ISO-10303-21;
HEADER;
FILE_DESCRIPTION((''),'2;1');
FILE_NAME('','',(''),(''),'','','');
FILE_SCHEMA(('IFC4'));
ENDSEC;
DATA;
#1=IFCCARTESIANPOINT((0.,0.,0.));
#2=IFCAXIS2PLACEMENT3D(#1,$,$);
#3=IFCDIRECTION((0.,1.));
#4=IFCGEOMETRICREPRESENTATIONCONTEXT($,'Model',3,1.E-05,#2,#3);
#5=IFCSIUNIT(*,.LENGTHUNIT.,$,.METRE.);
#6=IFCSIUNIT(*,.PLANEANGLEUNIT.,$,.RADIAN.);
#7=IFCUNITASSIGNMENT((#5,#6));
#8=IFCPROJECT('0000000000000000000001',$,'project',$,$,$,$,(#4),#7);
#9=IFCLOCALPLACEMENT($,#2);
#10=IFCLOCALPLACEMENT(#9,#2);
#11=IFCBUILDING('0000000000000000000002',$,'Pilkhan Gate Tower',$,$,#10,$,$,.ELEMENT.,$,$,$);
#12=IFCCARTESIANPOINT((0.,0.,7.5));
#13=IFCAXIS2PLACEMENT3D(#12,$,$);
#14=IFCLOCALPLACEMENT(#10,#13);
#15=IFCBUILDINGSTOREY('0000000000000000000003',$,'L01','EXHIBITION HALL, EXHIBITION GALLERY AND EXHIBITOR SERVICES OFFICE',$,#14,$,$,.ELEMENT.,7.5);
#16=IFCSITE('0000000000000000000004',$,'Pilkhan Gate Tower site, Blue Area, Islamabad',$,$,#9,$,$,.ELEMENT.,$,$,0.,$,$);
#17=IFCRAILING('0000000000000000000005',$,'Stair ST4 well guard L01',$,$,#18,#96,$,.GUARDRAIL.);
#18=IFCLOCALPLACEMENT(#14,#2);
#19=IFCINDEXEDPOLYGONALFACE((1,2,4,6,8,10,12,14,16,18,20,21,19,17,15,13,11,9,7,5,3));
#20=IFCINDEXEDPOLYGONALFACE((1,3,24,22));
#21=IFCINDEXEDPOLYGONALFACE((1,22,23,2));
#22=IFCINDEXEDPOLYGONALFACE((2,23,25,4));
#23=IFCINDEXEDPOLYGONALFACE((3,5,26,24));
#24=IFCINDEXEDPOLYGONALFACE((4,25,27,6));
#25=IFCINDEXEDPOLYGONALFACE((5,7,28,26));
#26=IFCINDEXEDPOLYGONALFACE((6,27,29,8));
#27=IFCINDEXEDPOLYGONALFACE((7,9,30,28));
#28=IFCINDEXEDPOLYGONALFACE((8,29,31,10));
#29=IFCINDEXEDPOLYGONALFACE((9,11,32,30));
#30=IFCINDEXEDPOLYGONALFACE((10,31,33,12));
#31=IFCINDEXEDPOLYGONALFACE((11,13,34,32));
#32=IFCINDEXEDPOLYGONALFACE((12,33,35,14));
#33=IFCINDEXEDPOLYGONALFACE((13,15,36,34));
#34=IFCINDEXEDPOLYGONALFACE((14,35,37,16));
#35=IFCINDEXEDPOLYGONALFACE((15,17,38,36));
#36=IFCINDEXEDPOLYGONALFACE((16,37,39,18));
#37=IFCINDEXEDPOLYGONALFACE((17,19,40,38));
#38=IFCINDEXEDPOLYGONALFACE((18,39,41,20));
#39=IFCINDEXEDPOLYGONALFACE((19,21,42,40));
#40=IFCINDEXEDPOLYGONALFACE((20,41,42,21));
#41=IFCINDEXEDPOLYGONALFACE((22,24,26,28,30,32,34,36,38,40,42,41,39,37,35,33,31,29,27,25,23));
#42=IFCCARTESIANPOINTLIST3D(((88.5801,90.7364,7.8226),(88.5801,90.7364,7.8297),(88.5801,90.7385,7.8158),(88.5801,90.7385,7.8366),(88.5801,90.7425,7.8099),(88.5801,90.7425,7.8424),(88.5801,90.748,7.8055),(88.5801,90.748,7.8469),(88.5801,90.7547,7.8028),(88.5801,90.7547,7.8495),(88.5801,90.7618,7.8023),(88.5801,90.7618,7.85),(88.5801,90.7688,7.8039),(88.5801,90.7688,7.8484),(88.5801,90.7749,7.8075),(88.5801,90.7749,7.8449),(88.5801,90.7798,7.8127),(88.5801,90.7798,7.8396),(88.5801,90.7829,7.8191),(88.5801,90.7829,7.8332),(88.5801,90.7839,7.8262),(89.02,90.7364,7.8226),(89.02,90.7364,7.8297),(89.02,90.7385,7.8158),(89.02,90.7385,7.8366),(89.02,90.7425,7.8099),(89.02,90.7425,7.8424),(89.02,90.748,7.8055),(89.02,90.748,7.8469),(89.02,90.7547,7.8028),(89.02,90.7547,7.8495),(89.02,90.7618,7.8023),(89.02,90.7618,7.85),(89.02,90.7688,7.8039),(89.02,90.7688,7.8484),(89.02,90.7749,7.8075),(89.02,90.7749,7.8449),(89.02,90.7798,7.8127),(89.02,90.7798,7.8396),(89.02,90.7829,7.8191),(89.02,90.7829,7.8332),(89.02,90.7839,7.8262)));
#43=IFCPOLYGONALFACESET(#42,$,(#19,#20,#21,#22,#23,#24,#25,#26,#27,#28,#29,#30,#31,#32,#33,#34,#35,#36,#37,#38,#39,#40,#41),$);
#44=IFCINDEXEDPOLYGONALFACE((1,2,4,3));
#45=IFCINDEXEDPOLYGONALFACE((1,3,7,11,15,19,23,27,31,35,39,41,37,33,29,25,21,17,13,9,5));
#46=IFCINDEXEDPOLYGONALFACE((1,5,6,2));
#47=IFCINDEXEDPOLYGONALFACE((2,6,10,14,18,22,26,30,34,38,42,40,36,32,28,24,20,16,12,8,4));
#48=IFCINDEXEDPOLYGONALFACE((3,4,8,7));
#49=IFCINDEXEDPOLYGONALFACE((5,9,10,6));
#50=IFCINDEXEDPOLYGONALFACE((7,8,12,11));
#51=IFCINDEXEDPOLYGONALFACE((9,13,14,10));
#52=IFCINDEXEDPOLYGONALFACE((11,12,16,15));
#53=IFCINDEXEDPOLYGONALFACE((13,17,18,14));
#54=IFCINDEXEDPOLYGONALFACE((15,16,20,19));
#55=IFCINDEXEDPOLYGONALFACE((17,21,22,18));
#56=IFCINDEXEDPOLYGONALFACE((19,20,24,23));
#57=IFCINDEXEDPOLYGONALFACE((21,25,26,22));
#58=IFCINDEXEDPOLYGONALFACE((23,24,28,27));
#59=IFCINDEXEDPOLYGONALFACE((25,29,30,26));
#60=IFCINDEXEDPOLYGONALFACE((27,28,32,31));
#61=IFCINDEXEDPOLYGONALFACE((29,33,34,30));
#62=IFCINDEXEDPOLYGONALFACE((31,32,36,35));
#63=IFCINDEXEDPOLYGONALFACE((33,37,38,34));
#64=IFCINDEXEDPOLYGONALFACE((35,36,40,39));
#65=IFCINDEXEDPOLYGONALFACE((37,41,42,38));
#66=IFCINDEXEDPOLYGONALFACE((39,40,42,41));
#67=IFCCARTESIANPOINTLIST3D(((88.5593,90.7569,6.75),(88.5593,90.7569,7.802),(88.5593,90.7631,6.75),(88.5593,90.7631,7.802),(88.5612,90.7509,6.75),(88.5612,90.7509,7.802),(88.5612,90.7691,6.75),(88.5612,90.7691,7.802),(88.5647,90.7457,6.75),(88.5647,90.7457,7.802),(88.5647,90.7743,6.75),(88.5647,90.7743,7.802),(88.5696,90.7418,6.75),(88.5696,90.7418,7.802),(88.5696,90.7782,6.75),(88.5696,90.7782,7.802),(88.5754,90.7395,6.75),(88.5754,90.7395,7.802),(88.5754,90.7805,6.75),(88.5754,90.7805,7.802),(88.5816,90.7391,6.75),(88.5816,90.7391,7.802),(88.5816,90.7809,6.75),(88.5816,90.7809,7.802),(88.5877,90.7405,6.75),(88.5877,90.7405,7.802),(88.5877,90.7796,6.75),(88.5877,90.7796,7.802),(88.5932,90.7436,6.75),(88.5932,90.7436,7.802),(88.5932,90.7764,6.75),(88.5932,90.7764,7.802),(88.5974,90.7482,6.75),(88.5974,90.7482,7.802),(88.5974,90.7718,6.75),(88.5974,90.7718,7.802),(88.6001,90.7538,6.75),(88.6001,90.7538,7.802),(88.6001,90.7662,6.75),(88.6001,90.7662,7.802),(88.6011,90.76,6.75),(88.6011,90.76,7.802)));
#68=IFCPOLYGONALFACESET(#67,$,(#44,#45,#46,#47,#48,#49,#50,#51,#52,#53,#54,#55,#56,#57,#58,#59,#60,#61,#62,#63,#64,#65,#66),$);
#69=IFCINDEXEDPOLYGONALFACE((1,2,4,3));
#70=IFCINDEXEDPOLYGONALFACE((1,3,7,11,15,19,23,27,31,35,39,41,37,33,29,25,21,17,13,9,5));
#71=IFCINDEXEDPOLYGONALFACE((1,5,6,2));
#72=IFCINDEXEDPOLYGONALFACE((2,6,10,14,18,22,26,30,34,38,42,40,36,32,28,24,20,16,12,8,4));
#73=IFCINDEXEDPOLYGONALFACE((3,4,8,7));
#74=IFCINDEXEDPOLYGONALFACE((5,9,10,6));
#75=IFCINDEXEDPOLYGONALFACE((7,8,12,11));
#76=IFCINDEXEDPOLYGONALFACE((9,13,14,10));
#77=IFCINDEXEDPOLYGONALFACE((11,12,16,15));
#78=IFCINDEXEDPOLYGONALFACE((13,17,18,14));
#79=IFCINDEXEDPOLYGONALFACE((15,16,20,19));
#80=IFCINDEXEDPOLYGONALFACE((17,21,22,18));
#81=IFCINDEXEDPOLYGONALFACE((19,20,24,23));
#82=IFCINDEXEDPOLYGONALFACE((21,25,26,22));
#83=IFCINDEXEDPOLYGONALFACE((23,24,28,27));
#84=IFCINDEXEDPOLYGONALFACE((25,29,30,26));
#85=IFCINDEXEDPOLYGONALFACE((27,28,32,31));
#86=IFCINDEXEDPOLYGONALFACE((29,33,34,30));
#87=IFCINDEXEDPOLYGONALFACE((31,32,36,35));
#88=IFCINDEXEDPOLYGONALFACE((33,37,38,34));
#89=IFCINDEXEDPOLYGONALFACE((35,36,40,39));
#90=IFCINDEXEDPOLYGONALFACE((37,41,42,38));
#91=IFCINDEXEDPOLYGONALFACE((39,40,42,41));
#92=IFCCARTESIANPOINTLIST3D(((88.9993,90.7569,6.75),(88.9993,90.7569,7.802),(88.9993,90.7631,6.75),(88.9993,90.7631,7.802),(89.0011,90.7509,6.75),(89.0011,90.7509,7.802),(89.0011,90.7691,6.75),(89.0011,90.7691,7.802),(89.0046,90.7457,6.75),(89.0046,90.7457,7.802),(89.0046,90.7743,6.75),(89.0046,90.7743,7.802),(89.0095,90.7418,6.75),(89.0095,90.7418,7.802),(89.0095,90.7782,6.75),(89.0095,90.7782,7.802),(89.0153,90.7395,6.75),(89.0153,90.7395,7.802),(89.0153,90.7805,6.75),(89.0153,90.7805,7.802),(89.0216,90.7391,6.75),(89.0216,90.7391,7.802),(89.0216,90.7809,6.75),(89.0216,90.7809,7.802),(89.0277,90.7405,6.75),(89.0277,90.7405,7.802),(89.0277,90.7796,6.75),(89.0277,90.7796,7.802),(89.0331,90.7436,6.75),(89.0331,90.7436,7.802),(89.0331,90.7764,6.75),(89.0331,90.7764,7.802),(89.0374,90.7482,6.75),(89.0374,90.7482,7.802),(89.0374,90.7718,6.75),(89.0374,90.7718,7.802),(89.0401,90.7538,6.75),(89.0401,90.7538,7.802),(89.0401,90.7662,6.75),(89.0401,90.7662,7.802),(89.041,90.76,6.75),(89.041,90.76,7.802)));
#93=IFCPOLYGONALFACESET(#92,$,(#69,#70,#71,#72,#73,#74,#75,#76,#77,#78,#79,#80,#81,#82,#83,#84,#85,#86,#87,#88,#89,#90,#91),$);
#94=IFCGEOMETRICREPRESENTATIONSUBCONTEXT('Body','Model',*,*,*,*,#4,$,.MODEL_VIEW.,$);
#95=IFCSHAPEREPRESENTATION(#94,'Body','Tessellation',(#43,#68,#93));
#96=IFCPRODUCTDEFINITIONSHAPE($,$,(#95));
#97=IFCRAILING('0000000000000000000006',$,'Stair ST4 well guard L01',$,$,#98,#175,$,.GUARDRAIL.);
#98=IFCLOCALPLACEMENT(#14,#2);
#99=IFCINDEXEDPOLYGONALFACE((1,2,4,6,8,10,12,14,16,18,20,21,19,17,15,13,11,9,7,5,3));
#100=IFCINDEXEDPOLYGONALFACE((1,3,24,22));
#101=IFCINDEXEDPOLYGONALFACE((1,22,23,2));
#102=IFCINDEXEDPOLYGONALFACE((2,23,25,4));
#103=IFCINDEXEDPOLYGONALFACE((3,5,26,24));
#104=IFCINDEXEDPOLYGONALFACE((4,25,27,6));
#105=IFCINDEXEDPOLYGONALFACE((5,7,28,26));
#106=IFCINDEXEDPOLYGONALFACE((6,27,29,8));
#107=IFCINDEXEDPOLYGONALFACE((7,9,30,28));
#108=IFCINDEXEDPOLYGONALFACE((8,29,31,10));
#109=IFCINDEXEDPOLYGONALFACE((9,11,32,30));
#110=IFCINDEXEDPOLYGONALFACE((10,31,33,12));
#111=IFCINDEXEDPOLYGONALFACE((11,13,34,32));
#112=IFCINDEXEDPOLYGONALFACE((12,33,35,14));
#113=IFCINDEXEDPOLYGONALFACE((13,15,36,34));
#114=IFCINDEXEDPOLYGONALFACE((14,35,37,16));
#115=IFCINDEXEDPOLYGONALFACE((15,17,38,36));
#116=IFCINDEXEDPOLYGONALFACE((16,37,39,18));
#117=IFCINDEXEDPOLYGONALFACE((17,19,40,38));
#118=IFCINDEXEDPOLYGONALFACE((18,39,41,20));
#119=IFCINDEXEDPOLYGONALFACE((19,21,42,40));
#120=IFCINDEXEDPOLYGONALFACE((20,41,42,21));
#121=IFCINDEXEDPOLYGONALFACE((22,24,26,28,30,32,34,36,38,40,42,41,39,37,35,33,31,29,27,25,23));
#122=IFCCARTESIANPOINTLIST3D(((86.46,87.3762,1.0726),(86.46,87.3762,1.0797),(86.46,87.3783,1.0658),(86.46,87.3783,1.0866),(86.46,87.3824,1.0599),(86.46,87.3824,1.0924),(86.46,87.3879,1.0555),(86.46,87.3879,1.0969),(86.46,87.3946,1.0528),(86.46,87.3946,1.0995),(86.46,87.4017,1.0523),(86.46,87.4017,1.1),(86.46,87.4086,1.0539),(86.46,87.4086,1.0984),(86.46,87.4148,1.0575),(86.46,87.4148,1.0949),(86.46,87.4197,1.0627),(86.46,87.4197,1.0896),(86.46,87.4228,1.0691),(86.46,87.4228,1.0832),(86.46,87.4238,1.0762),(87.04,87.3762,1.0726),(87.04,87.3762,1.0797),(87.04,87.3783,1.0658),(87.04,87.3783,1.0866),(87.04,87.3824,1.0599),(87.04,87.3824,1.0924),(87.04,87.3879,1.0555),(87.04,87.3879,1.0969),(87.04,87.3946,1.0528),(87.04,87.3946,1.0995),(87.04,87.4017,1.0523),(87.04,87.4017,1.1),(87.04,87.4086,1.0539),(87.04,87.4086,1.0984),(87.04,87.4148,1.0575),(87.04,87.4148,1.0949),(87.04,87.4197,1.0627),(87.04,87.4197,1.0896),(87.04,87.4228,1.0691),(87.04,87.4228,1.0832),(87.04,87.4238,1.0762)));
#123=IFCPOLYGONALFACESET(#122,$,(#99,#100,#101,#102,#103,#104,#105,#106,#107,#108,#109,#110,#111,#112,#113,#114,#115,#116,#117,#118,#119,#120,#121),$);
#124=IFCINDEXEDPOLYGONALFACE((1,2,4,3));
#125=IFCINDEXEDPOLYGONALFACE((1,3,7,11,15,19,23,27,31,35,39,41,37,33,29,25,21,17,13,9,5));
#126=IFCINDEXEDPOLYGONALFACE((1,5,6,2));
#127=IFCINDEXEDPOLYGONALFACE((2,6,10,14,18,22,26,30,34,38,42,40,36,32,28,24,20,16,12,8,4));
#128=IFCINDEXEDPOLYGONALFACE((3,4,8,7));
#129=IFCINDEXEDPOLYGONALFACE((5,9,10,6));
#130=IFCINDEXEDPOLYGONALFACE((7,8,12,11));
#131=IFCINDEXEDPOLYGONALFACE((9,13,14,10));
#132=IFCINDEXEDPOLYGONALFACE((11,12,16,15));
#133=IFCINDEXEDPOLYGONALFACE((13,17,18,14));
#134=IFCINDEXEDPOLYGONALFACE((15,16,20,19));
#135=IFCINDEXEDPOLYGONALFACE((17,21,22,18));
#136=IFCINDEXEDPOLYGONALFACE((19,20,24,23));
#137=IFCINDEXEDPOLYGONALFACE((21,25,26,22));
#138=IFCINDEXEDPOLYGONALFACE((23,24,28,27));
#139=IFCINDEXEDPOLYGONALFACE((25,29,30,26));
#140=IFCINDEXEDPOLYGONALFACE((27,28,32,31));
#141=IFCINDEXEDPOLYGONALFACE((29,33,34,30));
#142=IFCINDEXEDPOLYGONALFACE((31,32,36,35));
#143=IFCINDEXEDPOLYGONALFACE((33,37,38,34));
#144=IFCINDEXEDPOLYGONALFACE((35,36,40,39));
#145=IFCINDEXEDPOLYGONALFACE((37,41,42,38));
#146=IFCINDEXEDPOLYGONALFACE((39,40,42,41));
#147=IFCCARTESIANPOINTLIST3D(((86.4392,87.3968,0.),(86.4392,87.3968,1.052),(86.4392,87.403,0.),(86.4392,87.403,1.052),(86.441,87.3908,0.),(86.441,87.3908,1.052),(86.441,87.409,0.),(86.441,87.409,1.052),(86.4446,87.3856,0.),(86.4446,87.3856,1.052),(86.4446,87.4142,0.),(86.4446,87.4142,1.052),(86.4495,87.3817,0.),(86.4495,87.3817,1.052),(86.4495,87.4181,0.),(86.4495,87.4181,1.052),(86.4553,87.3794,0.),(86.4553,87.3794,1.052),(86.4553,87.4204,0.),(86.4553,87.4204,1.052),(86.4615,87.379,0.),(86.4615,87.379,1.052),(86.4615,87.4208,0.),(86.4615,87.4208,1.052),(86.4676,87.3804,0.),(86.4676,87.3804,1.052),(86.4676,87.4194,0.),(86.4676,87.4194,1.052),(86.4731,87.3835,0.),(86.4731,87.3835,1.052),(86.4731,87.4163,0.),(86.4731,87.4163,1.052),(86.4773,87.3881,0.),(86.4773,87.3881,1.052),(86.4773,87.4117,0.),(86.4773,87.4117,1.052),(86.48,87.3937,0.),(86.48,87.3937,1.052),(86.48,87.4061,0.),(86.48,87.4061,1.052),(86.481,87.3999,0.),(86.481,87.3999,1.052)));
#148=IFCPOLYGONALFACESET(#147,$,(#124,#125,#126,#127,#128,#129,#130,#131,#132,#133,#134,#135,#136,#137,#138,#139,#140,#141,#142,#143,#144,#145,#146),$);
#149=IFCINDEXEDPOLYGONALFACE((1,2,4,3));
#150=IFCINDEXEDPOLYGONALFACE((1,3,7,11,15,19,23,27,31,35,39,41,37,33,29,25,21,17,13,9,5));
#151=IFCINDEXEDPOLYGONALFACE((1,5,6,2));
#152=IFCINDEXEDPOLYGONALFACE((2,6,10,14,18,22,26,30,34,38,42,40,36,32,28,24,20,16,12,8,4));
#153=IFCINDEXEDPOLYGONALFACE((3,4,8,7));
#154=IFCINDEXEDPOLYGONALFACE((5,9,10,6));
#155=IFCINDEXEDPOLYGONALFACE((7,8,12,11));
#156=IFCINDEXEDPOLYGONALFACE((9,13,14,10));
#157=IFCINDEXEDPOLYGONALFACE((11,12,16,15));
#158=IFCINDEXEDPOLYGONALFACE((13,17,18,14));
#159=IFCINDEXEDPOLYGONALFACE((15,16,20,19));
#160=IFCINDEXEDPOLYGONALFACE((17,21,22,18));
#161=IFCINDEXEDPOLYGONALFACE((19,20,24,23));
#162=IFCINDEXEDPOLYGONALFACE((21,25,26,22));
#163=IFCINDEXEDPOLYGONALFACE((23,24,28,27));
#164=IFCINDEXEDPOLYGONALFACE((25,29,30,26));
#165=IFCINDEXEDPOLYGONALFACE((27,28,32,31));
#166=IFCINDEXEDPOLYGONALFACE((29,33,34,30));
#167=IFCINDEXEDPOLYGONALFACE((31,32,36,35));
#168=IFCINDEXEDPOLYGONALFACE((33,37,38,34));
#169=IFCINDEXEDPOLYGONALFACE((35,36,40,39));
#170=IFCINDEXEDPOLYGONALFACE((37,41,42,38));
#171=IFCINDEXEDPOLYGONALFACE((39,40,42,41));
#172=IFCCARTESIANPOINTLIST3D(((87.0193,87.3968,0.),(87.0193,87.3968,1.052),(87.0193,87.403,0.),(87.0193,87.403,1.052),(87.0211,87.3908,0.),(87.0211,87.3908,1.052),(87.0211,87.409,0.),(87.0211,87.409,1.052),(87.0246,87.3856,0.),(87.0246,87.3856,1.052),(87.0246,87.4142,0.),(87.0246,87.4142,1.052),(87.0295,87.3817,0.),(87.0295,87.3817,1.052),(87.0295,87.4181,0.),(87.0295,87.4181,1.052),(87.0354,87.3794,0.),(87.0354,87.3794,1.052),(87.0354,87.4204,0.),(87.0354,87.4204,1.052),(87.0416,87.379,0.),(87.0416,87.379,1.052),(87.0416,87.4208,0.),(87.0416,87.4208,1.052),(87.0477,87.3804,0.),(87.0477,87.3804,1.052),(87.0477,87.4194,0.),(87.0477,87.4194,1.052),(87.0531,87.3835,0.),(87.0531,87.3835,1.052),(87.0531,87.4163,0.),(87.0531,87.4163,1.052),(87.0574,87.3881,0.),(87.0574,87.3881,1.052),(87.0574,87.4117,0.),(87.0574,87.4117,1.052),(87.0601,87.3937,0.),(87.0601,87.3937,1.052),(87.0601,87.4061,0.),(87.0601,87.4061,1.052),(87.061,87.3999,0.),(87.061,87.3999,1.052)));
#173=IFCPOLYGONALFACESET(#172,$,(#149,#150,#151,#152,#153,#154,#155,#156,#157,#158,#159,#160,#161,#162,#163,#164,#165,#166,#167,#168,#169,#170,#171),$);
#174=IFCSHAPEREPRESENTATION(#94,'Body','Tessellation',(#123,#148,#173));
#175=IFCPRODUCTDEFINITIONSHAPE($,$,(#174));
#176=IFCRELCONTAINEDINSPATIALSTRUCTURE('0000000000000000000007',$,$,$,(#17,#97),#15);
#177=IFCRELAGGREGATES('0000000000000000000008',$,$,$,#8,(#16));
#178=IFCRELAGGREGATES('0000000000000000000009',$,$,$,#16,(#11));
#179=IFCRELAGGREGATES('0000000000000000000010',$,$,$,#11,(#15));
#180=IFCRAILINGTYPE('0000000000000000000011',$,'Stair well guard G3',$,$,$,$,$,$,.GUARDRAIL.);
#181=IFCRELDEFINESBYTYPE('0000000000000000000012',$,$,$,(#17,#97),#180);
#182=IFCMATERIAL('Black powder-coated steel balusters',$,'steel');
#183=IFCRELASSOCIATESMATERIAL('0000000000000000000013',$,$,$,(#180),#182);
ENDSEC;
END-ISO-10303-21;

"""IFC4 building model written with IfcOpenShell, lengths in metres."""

from ifc_helpers import new_model, si_unit, direction, frame, origin, origin_2d, place, context, subcontext, project, spatial, circle, extrude, material, type_object, element, save


model = new_model("IFC4")

# Units and contexts
model_context = context("Model", 3, precision=1e-05, world=origin(), true_north=direction((0.0, 1.0)))
body_context = subcontext(model_context, "Body", "Model", "MODEL_VIEW")
ifc_project = project(units=[si_unit("LENGTHUNIT", "METRE"), si_unit("PLANEANGLEUNIT", "RADIAN")], contexts=[model_context])

# Site, building, storey
site_placement = place(None, origin())
site = spatial("IfcSite", under=ifc_project, at=site_placement, Name="Pilkhan Gate Tower site, Blue Area, Islamabad", CompositionType="ELEMENT", RefElevation=0.0)
building_placement = place(site_placement, origin())
building = spatial("IfcBuilding", under=site, at=building_placement, Name="Pilkhan Gate Tower", CompositionType="ELEMENT")
storey_placement = place(building_placement, frame((0.0, 0.0, 7.5)))
storey = spatial("IfcBuildingStorey", under=building, at=storey_placement, Name="L01", Description="EXHIBITION HALL, EXHIBITION GALLERY AND EXHIBITOR SERVICES OFFICE", CompositionType="ELEMENT", Elevation=7.5)

# Railings
ifc_material_1 = material(Name="Black powder-coated steel balusters", Category="steel")
railing_type_1 = type_object("IfcRailingType", Name="Stair well guard G3", PredefinedType="GUARDRAIL", material=ifc_material_1)
for number, where, name in (
    (1, (88.5801, 90.76, 6.75), "Stair ST4 well guard L01"),
):
    element("IfcRailing", number, at=place(storey_placement, frame(where)), inside=storey, type_object=railing_type_1, Name=name, PredefinedType="GUARDRAIL", context=body_context, shape_type="SweptSolid", body=[
        extrude(circle(Radius=0.0239, at=origin_2d()), frame((0.0, 0.0, 1.0762), z_axis=(1.0, 0.0, 0.0), x_axis=(0.0, 1.0, 0.0)), (0.0, 0.0, 1.0), 0.4399),
        extrude(circle(Radius=0.021, at=origin_2d()), origin(), (0.0, 0.0, 1.0), 1.052),
        extrude(circle(Radius=0.021, at=origin_2d()), frame((0.4399, 0.0, 0.0)), (0.0, 0.0, 1.0), 1.052),
    ])
for number, where, name in (
    (2, (86.46, 87.3999, 0.0), "Stair ST4 well guard L01"),
):
    element("IfcRailing", number, at=place(storey_placement, frame(where)), inside=storey, type_object=railing_type_1, Name=name, PredefinedType="GUARDRAIL", context=body_context, shape_type="SweptSolid", body=[
        extrude(circle(Radius=0.0239, at=origin_2d()), frame((0.0, 0.0, 1.0762), z_axis=(1.0, 0.0, 0.0), x_axis=(0.0, 1.0, 0.0)), (0.0, 0.0, 1.0), 0.5801),
        extrude(circle(Radius=0.021, at=origin_2d()), origin(), (0.0, 0.0, 1.0), 1.052),
        extrude(circle(Radius=0.021, at=origin_2d()), frame((0.5801, 0.0, 0.0)), (0.0, 0.0, 1.0), 1.052),
    ])

save(model, "model.ifc")
